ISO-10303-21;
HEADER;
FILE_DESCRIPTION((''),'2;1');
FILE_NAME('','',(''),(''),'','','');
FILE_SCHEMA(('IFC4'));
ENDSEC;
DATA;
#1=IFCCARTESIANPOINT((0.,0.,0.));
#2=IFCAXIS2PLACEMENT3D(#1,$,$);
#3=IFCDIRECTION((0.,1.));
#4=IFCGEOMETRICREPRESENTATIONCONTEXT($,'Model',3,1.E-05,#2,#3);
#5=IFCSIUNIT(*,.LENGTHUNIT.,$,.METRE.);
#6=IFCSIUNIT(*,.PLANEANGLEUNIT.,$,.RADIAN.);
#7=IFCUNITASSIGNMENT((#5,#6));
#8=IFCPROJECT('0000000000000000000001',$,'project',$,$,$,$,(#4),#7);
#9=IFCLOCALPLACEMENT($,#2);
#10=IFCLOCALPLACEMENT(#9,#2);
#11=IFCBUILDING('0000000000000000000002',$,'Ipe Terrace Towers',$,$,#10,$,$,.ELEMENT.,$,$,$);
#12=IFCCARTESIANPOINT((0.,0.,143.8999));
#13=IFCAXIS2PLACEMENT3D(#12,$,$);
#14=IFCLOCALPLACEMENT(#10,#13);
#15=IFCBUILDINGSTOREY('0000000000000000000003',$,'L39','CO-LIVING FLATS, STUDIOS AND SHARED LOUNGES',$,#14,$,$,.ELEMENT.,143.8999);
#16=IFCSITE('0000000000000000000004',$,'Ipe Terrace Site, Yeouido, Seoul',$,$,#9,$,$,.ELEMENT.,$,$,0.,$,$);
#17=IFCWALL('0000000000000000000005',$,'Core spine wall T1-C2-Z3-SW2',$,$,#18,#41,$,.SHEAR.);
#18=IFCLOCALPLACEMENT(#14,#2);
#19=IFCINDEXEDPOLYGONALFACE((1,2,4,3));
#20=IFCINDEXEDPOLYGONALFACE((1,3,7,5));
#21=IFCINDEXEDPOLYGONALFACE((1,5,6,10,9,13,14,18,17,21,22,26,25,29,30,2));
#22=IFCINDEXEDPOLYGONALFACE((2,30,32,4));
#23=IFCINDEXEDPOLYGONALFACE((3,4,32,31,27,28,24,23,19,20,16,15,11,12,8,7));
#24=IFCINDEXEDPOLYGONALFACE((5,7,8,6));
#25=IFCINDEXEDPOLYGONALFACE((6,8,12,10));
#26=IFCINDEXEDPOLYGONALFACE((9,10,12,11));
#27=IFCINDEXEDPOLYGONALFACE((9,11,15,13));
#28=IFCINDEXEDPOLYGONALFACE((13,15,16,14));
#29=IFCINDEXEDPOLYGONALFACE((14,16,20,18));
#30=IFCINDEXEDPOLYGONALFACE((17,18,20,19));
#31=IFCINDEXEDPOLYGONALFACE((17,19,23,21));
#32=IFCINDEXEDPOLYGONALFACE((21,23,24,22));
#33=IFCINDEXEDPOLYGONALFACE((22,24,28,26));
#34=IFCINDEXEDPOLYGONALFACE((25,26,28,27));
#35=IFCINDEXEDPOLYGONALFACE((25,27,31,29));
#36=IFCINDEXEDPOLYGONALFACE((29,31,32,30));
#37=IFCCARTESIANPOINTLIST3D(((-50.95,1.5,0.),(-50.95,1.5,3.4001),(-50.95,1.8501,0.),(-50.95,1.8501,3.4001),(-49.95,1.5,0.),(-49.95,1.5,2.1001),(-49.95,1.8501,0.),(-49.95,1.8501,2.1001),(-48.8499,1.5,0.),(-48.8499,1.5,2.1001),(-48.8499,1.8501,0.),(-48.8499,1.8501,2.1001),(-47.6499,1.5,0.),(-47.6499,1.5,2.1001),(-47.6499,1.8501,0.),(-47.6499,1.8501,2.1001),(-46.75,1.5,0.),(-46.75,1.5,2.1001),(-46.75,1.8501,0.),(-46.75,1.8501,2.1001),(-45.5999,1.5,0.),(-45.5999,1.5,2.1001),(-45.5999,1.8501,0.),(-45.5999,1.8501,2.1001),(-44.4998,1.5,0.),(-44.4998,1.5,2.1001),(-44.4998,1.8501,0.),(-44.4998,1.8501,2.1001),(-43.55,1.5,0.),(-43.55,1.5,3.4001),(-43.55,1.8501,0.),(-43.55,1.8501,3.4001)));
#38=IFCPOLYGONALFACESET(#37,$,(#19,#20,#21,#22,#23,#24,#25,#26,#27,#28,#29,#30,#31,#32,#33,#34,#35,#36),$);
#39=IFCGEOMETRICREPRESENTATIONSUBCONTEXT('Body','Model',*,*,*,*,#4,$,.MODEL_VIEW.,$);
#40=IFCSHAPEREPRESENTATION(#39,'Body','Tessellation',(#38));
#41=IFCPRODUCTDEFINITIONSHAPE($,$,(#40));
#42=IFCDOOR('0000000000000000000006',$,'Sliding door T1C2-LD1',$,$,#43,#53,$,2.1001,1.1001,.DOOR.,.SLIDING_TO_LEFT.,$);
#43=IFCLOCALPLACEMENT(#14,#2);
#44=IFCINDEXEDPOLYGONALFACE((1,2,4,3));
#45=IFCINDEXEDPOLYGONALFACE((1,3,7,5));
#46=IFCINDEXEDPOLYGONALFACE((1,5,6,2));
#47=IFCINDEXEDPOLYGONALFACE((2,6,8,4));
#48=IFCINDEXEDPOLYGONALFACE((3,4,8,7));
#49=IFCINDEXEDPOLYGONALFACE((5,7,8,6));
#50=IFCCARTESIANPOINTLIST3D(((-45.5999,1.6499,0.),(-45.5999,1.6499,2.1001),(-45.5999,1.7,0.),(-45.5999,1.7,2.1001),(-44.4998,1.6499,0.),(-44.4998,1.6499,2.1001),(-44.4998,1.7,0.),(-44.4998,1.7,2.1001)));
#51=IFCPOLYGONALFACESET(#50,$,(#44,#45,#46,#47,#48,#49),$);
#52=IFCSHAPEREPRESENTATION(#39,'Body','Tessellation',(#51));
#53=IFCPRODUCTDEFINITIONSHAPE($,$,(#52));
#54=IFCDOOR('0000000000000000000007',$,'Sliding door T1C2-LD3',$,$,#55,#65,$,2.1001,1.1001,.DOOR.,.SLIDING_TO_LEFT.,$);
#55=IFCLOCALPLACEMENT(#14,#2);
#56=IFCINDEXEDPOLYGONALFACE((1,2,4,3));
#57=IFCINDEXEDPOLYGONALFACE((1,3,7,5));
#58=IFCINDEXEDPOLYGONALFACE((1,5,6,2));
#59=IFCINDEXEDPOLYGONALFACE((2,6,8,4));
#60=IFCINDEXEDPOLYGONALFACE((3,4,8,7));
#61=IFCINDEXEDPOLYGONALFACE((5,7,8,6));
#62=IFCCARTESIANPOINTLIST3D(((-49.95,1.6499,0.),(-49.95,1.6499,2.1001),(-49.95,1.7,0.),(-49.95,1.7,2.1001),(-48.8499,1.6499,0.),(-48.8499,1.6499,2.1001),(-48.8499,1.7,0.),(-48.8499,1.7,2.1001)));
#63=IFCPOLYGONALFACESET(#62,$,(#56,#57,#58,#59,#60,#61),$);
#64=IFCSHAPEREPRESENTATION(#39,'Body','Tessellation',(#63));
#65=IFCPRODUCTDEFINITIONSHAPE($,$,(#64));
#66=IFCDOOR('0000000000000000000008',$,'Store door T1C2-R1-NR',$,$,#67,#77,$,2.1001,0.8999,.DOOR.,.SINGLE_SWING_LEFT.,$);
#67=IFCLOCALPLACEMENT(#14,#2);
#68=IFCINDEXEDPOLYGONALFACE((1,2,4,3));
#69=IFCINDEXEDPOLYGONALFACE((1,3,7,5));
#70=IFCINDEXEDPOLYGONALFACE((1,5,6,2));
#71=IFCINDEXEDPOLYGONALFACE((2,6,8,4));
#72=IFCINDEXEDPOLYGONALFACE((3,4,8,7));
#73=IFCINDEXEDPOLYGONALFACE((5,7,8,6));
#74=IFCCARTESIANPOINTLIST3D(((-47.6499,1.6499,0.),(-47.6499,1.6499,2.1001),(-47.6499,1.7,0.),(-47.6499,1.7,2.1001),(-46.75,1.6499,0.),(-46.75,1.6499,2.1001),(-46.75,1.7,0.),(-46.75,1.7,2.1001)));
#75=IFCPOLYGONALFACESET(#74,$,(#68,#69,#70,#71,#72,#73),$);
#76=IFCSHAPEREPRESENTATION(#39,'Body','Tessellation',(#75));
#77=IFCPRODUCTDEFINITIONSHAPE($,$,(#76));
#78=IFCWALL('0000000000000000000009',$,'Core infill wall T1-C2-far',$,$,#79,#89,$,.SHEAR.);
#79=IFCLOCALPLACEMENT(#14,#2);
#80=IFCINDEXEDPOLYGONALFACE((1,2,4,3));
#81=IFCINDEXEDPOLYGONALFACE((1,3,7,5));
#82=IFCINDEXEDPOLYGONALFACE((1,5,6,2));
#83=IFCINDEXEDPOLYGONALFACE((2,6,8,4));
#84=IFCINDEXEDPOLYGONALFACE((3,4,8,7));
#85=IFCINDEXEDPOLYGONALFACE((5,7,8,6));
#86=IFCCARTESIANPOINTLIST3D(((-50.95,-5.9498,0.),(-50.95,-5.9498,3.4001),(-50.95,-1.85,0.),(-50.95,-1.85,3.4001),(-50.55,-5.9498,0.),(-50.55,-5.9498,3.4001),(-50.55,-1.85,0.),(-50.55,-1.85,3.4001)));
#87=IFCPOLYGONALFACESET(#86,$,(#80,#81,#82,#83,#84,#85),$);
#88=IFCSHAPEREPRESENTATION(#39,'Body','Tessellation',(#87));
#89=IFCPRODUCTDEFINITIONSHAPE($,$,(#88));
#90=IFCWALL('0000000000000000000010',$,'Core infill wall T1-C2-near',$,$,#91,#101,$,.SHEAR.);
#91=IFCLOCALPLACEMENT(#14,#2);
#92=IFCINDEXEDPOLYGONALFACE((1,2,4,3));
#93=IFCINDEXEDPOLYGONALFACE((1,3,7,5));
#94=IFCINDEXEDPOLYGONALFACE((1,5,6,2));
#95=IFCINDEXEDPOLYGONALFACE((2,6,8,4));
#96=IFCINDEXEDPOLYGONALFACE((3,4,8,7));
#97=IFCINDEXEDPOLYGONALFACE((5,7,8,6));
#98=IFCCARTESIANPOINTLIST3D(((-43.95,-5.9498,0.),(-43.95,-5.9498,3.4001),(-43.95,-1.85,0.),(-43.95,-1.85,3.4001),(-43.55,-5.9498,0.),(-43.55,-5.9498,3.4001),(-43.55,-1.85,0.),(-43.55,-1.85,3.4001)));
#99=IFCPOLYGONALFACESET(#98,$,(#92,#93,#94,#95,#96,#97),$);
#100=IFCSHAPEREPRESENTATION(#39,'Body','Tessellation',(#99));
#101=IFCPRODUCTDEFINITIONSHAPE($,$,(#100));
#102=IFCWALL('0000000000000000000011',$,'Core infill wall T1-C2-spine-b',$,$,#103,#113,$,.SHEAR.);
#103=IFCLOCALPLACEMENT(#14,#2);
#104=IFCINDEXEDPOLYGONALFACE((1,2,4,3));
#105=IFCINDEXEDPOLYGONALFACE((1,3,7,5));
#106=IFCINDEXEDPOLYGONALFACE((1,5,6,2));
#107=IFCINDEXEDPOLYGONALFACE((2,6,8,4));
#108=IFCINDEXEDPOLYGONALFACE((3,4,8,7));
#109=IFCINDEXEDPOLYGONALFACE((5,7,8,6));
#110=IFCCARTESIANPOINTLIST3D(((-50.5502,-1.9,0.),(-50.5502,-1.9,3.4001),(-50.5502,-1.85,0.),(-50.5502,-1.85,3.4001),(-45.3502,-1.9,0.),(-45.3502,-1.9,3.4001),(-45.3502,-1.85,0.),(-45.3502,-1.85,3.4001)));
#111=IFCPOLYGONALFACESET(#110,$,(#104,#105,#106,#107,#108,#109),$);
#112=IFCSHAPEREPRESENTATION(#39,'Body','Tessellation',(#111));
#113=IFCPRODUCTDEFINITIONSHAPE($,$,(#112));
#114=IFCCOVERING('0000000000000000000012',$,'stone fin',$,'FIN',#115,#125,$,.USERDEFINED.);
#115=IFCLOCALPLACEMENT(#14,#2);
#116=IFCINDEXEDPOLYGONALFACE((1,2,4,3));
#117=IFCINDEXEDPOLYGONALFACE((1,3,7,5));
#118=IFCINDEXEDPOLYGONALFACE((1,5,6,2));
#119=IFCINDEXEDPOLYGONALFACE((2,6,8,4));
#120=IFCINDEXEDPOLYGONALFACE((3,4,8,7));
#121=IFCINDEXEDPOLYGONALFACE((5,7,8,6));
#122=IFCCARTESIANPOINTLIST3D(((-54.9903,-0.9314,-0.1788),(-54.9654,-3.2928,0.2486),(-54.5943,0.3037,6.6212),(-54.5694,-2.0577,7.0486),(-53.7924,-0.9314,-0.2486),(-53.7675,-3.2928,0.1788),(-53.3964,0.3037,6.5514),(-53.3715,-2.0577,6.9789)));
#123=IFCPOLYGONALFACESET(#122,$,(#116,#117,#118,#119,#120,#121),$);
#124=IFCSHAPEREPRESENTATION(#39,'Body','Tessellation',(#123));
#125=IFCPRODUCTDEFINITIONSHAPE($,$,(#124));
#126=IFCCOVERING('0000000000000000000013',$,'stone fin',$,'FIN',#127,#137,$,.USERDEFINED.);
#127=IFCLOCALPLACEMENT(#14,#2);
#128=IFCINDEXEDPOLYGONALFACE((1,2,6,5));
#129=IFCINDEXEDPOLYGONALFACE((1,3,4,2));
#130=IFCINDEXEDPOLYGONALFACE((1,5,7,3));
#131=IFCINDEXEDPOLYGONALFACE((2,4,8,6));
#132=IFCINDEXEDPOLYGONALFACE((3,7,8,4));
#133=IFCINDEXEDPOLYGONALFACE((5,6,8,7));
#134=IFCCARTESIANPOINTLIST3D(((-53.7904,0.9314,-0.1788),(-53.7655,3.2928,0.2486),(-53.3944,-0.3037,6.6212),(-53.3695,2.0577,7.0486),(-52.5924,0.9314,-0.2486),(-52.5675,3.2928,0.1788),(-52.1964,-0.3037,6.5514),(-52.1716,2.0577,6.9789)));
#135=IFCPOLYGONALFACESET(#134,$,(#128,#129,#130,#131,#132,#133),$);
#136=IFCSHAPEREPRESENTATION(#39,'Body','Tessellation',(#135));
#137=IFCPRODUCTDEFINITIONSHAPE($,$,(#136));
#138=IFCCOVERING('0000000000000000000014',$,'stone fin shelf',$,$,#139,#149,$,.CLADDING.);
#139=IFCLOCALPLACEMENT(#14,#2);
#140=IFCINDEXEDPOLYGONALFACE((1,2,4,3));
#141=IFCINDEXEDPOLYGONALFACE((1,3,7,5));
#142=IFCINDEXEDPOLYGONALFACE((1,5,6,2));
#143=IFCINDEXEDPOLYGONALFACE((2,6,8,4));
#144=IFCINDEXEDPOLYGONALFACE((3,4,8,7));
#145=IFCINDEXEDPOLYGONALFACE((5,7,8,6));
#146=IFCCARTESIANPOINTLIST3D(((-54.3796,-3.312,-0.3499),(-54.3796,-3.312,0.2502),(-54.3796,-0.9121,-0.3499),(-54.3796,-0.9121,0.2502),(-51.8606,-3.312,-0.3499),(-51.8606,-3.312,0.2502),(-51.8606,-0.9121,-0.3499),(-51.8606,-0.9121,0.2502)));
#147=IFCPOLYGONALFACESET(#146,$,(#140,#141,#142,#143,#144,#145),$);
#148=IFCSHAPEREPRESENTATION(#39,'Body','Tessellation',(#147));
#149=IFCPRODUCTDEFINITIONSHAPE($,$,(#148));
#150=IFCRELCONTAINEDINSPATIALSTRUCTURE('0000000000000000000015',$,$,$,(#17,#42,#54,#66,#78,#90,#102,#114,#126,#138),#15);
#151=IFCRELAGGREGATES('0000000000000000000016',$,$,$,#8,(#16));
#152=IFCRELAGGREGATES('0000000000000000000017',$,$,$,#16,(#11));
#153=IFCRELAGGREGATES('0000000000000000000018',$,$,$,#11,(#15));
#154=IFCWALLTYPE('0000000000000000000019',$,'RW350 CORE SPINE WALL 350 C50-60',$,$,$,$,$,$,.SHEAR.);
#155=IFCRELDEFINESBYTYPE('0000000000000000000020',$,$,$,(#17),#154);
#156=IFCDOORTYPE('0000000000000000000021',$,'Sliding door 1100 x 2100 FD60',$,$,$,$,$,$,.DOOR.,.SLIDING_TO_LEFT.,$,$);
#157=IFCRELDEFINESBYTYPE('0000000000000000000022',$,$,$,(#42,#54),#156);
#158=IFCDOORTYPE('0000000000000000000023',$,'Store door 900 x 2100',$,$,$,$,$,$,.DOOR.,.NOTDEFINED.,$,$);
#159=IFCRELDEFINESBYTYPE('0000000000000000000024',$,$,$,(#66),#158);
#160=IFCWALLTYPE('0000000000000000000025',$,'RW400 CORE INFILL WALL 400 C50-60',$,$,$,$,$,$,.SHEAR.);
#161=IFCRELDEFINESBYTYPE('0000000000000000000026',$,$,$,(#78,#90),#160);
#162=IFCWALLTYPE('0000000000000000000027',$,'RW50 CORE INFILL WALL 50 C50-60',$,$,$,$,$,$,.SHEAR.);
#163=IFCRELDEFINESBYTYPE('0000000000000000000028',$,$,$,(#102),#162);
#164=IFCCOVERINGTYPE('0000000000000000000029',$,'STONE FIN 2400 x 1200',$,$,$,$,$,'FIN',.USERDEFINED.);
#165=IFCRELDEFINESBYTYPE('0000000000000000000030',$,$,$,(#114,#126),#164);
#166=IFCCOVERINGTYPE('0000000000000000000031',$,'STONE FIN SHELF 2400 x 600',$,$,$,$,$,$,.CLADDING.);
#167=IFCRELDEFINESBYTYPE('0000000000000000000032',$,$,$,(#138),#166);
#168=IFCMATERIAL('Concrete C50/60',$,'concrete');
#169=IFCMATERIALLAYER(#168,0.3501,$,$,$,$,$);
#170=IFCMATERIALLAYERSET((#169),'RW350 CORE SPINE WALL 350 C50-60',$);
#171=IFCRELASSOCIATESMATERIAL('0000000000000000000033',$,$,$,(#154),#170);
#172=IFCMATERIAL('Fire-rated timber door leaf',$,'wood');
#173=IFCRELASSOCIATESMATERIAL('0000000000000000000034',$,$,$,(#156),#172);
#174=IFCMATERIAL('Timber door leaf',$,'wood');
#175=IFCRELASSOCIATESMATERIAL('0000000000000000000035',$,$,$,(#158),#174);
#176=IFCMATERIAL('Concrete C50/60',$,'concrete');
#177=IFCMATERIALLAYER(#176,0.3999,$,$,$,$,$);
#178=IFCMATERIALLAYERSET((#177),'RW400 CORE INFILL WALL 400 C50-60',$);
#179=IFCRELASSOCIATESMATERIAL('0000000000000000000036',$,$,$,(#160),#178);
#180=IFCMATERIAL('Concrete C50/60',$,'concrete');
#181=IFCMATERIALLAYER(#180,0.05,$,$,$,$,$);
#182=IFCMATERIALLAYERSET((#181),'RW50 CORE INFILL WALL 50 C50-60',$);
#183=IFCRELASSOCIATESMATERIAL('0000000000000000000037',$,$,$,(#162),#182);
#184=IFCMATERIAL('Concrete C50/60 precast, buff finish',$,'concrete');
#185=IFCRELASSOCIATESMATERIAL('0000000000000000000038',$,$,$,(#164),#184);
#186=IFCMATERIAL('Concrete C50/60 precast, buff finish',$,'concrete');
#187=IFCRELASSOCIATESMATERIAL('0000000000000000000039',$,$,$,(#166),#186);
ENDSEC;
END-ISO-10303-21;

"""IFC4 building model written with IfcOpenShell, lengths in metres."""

from ifc_helpers import new_model, si_unit, direction, frame, frame_2d, origin, origin_2d, place, context, subcontext, project, spatial, rectangle, extrude, material, layer, layer_set, material_profile, profile_set, type_object, element, fill, save


model = new_model("IFC4")

# Units and contexts
model_context = context("Model", 3, precision=1e-05, world=origin(), true_north=direction((0.0, 1.0)))
body_context = subcontext(model_context, "Body", "Model", "MODEL_VIEW")
ifc_project = project(units=[si_unit("LENGTHUNIT", "METRE"), si_unit("PLANEANGLEUNIT", "RADIAN")], contexts=[model_context])

# Site, building, storey
site_placement = place(None, origin())
site = spatial("IfcSite", under=ifc_project, at=site_placement, Name="Ipe Terrace Site, Yeouido, Seoul", CompositionType="ELEMENT", RefElevation=0.0)
building_placement = place(site_placement, origin())
building = spatial("IfcBuilding", under=site, at=building_placement, Name="Ipe Terrace Towers", CompositionType="ELEMENT")
storey_placement = place(building_placement, frame((0.0, 0.0, 143.8999)))
storey = spatial("IfcBuildingStorey", under=building, at=storey_placement, Name="L39", Description="CO-LIVING FLATS, STUDIOS AND SHARED LOUNGES", CompositionType="ELEMENT", Elevation=143.8999)

# Shared definitions
ifc_material_1 = material(Name="Concrete C50/60", Category="concrete")
ifc_layer_1 = layer(ifc_material_1, 0.3501)
ifc_layer_set_1 = layer_set([ifc_layer_1], Name="RW350 CORE SPINE WALL 350 C50-60")
wall_type_1 = type_object("IfcWallType", Name="RW350 CORE SPINE WALL 350 C50-60", PredefinedType="SHEAR", material=ifc_layer_set_1)

# Wall, openings, doors
wall_1_placement = place(storey_placement, frame((-50.95, 1.675, 0.0), z_axis=(0.0, 0.0, 1.0), x_axis=(1.0, 0.0, 0.0)))
wall_1 = element("IfcWall", 1, at=wall_1_placement, inside=storey, type_object=wall_type_1, Name="Core spine wall T1-C2-Z3-SW2", PredefinedType="SHEAR", context=body_context, shape_type="SweptSolid", body=[
    extrude(rectangle(XDim=7.3999, YDim=0.3501, at=frame_2d((3.7, 0.0))), origin(), (0.0, 0.0, 1.0), 3.4001),
])
opening_1_placement = place(wall_1_placement, frame((5.3501, 0.0, 0.0)))
opening_1 = element("IfcOpeningElement", 2, at=opening_1_placement, cuts=wall_1, PredefinedType="OPENING", context=body_context, shape_type="SweptSolid", body=[
    extrude(rectangle(XDim=1.1001, YDim=2.1001, at=frame_2d((0.55, 1.05))), frame((0.0, 0.1851, 0.0), z_axis=(0.0, -1.0, 0.0), x_axis=(1.0, 0.0, 0.0)), (0.0, 0.0, 1.0), 0.3701),
])
opening_2_placement = place(wall_1_placement, frame((1.0, 0.0, 0.0)))
opening_2 = element("IfcOpeningElement", 3, at=opening_2_placement, cuts=wall_1, PredefinedType="OPENING", context=body_context, shape_type="SweptSolid", body=[
    extrude(rectangle(XDim=1.1001, YDim=2.1001, at=frame_2d((0.55, 1.05))), frame((0.0, 0.1851, 0.0), z_axis=(0.0, -1.0, 0.0), x_axis=(1.0, 0.0, 0.0)), (0.0, 0.0, 1.0), 0.3701),
])
opening_3_placement = place(wall_1_placement, frame((3.3, 0.0, 0.0)))
opening_3 = element("IfcOpeningElement", 4, at=opening_3_placement, cuts=wall_1, PredefinedType="OPENING", context=body_context, shape_type="SweptSolid", body=[
    extrude(rectangle(XDim=0.8999, YDim=2.1001, at=frame_2d((0.45, 1.05))), frame((0.0, 0.1851, 0.0), z_axis=(0.0, -1.0, 0.0), x_axis=(1.0, 0.0, 0.0)), (0.0, 0.0, 1.0), 0.3701),
])
ifc_material_2 = material(Name="Fire-rated timber door leaf", Category="wood")
door_type_1 = type_object("IfcDoorType", Name="Sliding door 1100 x 2100 FD60", OperationType="SLIDING_TO_LEFT", PredefinedType="DOOR", material=ifc_material_2)
door_1_placement = place(opening_1_placement, origin())
door_1 = element("IfcDoor", 5, at=door_1_placement, inside=storey, type_object=door_type_1, Name="Sliding door T1C2-LD1", OperationType="SLIDING_TO_LEFT", OverallHeight=2.1001, OverallWidth=1.1001, PredefinedType="DOOR", context=body_context, shape_type="SweptSolid", body=[
    extrude(rectangle(XDim=1.1001, YDim=2.1001, at=frame_2d((0.55, 1.05))), frame((0.0, 0.0249, 0.0), z_axis=(0.0, -1.0, 0.0), x_axis=(1.0, 0.0, 0.0)), (0.0, 0.0, 1.0), 0.05),
])
fill(opening_1, door_1)
door_2_placement = place(opening_2_placement, origin())
door_2 = element("IfcDoor", 6, at=door_2_placement, inside=storey, type_object=door_type_1, Name="Sliding door T1C2-LD3", OperationType="SLIDING_TO_LEFT", OverallHeight=2.1001, OverallWidth=1.1001, PredefinedType="DOOR", context=body_context, shape_type="SweptSolid", body=[
    extrude(rectangle(XDim=1.1001, YDim=2.1001, at=frame_2d((0.55, 1.05))), frame((0.0, 0.0249, 0.0), z_axis=(0.0, -1.0, 0.0), x_axis=(1.0, 0.0, 0.0)), (0.0, 0.0, 1.0), 0.05),
])
fill(opening_2, door_2)
ifc_material_3 = material(Name="Timber door leaf", Category="wood")
door_type_2 = type_object("IfcDoorType", Name="Store door 900 x 2100", OperationType="NOTDEFINED", PredefinedType="DOOR", material=ifc_material_3)
door_3_placement = place(opening_3_placement, origin())
door_3 = element("IfcDoor", 7, at=door_3_placement, inside=storey, type_object=door_type_2, Name="Store door T1C2-R1-NR", OperationType="SINGLE_SWING_LEFT", OverallHeight=2.1001, OverallWidth=0.8999, PredefinedType="DOOR", context=body_context, shape_type="SweptSolid", body=[
    extrude(rectangle(XDim=0.8999, YDim=2.1001, at=frame_2d((0.45, 1.05))), frame((0.0, 0.0249, 0.0), z_axis=(0.0, -1.0, 0.0), x_axis=(1.0, 0.0, 0.0)), (0.0, 0.0, 1.0), 0.05),
])
fill(opening_3, door_3)

# Walls
ifc_material_4 = material(Name="Concrete C50/60", Category="concrete")
ifc_layer_2 = layer(ifc_material_4, 0.3999)
ifc_layer_set_2 = layer_set([ifc_layer_2], Name="RW400 CORE INFILL WALL 400 C50-60")
wall_type_2 = type_object("IfcWallType", Name="RW400 CORE INFILL WALL 400 C50-60", PredefinedType="SHEAR", material=ifc_layer_set_2)
for number, where, z_axis, x_axis, name in (
    (8, (-50.75, -1.8501, 0.0), (0.0, 0.0, 1.0), (0.0, -1.0, 0.0), "Core infill wall T1-C2-far"),
    (9, (-43.75, -1.8501, 0.0), (0.0, 0.0, 1.0), (0.0, -1.0, 0.0), "Core infill wall T1-C2-near"),
):
    element("IfcWall", number, at=place(storey_placement, frame(where, z_axis=z_axis, x_axis=x_axis)), inside=storey, type_object=wall_type_2, Name=name, PredefinedType="SHEAR", context=body_context, shape_type="SweptSolid", body=[
        extrude(rectangle(XDim=4.0999, YDim=0.3999, at=frame_2d((2.0498, 0.0))), origin(), (0.0, 0.0, 1.0), 3.4001),
    ])
ifc_material_5 = material(Name="Concrete C50/60", Category="concrete")
ifc_layer_3 = layer(ifc_material_5, 0.05)
ifc_layer_set_3 = layer_set([ifc_layer_3], Name="RW50 CORE INFILL WALL 50 C50-60")
wall_type_3 = type_object("IfcWallType", Name="RW50 CORE INFILL WALL 50 C50-60", PredefinedType="SHEAR", material=ifc_layer_set_3)
wall_2_placement = place(storey_placement, frame((-45.3501, -1.875, 0.0), z_axis=(0.0, 0.0, 1.0), x_axis=(-1.0, 0.0, 0.0)))
element("IfcWall", 10, at=wall_2_placement, inside=storey, type_object=wall_type_3, Name="Core infill wall T1-C2-spine-b", PredefinedType="SHEAR", context=body_context, shape_type="SweptSolid", body=[
    extrude(rectangle(XDim=5.2, YDim=0.05, at=frame_2d((2.6001, 0.0))), origin(), (0.0, 0.0, 1.0), 3.4001),
])

# Coverings
ifc_material_6 = material(Name="Concrete C50/60 precast, buff finish", Category="concrete")
ifc_material_profile = material_profile(ifc_material_6, rectangle(XDim=2.3999, YDim=1.2, at=origin_2d()), Name="STONE FIN 2400 x 1200")
ifc_profile_set = profile_set([ifc_material_profile], Name="Concrete C50/60 precast, buff finish")
covering_type_1 = type_object("IfcCoveringType", Name="STONE FIN 2400 x 1200", ElementType="FIN", PredefinedType="USERDEFINED", material=ifc_profile_set)
for number, where, z_axis, x_axis, name in (
    (11, (-54.3789, -2.1121, 0.0), (0.057203, 0.178416, 0.982291), (0.010372, -0.983955, 0.178114), "stone fin"),
    (12, (-53.179, 2.1121, 0.0), (0.057203, -0.178416, 0.982291), (-0.010372, -0.983955, -0.178114), "stone fin"),
):
    element("IfcCovering", number, at=place(storey_placement, frame(where, z_axis=z_axis, x_axis=x_axis)), inside=storey, type_object=covering_type_1, Name=name, ObjectType="FIN", PredefinedType="USERDEFINED", context=body_context, shape_type="SweptSolid", body=[
        extrude(rectangle(XDim=2.3999, YDim=1.2, at=origin_2d()), origin(), (0.0, 0.0, 1.0), 6.9226),
    ])
ifc_material_7 = material(Name="Concrete C50/60 precast, buff finish", Category="concrete")
covering_type_2 = type_object("IfcCoveringType", Name="STONE FIN SHELF 2400 x 600", PredefinedType="CLADDING", material=ifc_material_7)
covering_placement = place(storey_placement, frame((-53.1201, -2.1121, -0.3499), z_axis=(0.0, 0.0, 1.0), x_axis=(0.0, -1.0, 0.0)))
element("IfcCovering", 13, at=covering_placement, inside=storey, type_object=covering_type_2, Name="stone fin shelf", PredefinedType="CLADDING", context=body_context, shape_type="SweptSolid", body=[
    extrude(rectangle(XDim=2.3999, YDim=2.519, at=origin_2d()), origin(), (0.0, 0.0, 1.0), 0.6001),
])

save(model, "model.ifc")
